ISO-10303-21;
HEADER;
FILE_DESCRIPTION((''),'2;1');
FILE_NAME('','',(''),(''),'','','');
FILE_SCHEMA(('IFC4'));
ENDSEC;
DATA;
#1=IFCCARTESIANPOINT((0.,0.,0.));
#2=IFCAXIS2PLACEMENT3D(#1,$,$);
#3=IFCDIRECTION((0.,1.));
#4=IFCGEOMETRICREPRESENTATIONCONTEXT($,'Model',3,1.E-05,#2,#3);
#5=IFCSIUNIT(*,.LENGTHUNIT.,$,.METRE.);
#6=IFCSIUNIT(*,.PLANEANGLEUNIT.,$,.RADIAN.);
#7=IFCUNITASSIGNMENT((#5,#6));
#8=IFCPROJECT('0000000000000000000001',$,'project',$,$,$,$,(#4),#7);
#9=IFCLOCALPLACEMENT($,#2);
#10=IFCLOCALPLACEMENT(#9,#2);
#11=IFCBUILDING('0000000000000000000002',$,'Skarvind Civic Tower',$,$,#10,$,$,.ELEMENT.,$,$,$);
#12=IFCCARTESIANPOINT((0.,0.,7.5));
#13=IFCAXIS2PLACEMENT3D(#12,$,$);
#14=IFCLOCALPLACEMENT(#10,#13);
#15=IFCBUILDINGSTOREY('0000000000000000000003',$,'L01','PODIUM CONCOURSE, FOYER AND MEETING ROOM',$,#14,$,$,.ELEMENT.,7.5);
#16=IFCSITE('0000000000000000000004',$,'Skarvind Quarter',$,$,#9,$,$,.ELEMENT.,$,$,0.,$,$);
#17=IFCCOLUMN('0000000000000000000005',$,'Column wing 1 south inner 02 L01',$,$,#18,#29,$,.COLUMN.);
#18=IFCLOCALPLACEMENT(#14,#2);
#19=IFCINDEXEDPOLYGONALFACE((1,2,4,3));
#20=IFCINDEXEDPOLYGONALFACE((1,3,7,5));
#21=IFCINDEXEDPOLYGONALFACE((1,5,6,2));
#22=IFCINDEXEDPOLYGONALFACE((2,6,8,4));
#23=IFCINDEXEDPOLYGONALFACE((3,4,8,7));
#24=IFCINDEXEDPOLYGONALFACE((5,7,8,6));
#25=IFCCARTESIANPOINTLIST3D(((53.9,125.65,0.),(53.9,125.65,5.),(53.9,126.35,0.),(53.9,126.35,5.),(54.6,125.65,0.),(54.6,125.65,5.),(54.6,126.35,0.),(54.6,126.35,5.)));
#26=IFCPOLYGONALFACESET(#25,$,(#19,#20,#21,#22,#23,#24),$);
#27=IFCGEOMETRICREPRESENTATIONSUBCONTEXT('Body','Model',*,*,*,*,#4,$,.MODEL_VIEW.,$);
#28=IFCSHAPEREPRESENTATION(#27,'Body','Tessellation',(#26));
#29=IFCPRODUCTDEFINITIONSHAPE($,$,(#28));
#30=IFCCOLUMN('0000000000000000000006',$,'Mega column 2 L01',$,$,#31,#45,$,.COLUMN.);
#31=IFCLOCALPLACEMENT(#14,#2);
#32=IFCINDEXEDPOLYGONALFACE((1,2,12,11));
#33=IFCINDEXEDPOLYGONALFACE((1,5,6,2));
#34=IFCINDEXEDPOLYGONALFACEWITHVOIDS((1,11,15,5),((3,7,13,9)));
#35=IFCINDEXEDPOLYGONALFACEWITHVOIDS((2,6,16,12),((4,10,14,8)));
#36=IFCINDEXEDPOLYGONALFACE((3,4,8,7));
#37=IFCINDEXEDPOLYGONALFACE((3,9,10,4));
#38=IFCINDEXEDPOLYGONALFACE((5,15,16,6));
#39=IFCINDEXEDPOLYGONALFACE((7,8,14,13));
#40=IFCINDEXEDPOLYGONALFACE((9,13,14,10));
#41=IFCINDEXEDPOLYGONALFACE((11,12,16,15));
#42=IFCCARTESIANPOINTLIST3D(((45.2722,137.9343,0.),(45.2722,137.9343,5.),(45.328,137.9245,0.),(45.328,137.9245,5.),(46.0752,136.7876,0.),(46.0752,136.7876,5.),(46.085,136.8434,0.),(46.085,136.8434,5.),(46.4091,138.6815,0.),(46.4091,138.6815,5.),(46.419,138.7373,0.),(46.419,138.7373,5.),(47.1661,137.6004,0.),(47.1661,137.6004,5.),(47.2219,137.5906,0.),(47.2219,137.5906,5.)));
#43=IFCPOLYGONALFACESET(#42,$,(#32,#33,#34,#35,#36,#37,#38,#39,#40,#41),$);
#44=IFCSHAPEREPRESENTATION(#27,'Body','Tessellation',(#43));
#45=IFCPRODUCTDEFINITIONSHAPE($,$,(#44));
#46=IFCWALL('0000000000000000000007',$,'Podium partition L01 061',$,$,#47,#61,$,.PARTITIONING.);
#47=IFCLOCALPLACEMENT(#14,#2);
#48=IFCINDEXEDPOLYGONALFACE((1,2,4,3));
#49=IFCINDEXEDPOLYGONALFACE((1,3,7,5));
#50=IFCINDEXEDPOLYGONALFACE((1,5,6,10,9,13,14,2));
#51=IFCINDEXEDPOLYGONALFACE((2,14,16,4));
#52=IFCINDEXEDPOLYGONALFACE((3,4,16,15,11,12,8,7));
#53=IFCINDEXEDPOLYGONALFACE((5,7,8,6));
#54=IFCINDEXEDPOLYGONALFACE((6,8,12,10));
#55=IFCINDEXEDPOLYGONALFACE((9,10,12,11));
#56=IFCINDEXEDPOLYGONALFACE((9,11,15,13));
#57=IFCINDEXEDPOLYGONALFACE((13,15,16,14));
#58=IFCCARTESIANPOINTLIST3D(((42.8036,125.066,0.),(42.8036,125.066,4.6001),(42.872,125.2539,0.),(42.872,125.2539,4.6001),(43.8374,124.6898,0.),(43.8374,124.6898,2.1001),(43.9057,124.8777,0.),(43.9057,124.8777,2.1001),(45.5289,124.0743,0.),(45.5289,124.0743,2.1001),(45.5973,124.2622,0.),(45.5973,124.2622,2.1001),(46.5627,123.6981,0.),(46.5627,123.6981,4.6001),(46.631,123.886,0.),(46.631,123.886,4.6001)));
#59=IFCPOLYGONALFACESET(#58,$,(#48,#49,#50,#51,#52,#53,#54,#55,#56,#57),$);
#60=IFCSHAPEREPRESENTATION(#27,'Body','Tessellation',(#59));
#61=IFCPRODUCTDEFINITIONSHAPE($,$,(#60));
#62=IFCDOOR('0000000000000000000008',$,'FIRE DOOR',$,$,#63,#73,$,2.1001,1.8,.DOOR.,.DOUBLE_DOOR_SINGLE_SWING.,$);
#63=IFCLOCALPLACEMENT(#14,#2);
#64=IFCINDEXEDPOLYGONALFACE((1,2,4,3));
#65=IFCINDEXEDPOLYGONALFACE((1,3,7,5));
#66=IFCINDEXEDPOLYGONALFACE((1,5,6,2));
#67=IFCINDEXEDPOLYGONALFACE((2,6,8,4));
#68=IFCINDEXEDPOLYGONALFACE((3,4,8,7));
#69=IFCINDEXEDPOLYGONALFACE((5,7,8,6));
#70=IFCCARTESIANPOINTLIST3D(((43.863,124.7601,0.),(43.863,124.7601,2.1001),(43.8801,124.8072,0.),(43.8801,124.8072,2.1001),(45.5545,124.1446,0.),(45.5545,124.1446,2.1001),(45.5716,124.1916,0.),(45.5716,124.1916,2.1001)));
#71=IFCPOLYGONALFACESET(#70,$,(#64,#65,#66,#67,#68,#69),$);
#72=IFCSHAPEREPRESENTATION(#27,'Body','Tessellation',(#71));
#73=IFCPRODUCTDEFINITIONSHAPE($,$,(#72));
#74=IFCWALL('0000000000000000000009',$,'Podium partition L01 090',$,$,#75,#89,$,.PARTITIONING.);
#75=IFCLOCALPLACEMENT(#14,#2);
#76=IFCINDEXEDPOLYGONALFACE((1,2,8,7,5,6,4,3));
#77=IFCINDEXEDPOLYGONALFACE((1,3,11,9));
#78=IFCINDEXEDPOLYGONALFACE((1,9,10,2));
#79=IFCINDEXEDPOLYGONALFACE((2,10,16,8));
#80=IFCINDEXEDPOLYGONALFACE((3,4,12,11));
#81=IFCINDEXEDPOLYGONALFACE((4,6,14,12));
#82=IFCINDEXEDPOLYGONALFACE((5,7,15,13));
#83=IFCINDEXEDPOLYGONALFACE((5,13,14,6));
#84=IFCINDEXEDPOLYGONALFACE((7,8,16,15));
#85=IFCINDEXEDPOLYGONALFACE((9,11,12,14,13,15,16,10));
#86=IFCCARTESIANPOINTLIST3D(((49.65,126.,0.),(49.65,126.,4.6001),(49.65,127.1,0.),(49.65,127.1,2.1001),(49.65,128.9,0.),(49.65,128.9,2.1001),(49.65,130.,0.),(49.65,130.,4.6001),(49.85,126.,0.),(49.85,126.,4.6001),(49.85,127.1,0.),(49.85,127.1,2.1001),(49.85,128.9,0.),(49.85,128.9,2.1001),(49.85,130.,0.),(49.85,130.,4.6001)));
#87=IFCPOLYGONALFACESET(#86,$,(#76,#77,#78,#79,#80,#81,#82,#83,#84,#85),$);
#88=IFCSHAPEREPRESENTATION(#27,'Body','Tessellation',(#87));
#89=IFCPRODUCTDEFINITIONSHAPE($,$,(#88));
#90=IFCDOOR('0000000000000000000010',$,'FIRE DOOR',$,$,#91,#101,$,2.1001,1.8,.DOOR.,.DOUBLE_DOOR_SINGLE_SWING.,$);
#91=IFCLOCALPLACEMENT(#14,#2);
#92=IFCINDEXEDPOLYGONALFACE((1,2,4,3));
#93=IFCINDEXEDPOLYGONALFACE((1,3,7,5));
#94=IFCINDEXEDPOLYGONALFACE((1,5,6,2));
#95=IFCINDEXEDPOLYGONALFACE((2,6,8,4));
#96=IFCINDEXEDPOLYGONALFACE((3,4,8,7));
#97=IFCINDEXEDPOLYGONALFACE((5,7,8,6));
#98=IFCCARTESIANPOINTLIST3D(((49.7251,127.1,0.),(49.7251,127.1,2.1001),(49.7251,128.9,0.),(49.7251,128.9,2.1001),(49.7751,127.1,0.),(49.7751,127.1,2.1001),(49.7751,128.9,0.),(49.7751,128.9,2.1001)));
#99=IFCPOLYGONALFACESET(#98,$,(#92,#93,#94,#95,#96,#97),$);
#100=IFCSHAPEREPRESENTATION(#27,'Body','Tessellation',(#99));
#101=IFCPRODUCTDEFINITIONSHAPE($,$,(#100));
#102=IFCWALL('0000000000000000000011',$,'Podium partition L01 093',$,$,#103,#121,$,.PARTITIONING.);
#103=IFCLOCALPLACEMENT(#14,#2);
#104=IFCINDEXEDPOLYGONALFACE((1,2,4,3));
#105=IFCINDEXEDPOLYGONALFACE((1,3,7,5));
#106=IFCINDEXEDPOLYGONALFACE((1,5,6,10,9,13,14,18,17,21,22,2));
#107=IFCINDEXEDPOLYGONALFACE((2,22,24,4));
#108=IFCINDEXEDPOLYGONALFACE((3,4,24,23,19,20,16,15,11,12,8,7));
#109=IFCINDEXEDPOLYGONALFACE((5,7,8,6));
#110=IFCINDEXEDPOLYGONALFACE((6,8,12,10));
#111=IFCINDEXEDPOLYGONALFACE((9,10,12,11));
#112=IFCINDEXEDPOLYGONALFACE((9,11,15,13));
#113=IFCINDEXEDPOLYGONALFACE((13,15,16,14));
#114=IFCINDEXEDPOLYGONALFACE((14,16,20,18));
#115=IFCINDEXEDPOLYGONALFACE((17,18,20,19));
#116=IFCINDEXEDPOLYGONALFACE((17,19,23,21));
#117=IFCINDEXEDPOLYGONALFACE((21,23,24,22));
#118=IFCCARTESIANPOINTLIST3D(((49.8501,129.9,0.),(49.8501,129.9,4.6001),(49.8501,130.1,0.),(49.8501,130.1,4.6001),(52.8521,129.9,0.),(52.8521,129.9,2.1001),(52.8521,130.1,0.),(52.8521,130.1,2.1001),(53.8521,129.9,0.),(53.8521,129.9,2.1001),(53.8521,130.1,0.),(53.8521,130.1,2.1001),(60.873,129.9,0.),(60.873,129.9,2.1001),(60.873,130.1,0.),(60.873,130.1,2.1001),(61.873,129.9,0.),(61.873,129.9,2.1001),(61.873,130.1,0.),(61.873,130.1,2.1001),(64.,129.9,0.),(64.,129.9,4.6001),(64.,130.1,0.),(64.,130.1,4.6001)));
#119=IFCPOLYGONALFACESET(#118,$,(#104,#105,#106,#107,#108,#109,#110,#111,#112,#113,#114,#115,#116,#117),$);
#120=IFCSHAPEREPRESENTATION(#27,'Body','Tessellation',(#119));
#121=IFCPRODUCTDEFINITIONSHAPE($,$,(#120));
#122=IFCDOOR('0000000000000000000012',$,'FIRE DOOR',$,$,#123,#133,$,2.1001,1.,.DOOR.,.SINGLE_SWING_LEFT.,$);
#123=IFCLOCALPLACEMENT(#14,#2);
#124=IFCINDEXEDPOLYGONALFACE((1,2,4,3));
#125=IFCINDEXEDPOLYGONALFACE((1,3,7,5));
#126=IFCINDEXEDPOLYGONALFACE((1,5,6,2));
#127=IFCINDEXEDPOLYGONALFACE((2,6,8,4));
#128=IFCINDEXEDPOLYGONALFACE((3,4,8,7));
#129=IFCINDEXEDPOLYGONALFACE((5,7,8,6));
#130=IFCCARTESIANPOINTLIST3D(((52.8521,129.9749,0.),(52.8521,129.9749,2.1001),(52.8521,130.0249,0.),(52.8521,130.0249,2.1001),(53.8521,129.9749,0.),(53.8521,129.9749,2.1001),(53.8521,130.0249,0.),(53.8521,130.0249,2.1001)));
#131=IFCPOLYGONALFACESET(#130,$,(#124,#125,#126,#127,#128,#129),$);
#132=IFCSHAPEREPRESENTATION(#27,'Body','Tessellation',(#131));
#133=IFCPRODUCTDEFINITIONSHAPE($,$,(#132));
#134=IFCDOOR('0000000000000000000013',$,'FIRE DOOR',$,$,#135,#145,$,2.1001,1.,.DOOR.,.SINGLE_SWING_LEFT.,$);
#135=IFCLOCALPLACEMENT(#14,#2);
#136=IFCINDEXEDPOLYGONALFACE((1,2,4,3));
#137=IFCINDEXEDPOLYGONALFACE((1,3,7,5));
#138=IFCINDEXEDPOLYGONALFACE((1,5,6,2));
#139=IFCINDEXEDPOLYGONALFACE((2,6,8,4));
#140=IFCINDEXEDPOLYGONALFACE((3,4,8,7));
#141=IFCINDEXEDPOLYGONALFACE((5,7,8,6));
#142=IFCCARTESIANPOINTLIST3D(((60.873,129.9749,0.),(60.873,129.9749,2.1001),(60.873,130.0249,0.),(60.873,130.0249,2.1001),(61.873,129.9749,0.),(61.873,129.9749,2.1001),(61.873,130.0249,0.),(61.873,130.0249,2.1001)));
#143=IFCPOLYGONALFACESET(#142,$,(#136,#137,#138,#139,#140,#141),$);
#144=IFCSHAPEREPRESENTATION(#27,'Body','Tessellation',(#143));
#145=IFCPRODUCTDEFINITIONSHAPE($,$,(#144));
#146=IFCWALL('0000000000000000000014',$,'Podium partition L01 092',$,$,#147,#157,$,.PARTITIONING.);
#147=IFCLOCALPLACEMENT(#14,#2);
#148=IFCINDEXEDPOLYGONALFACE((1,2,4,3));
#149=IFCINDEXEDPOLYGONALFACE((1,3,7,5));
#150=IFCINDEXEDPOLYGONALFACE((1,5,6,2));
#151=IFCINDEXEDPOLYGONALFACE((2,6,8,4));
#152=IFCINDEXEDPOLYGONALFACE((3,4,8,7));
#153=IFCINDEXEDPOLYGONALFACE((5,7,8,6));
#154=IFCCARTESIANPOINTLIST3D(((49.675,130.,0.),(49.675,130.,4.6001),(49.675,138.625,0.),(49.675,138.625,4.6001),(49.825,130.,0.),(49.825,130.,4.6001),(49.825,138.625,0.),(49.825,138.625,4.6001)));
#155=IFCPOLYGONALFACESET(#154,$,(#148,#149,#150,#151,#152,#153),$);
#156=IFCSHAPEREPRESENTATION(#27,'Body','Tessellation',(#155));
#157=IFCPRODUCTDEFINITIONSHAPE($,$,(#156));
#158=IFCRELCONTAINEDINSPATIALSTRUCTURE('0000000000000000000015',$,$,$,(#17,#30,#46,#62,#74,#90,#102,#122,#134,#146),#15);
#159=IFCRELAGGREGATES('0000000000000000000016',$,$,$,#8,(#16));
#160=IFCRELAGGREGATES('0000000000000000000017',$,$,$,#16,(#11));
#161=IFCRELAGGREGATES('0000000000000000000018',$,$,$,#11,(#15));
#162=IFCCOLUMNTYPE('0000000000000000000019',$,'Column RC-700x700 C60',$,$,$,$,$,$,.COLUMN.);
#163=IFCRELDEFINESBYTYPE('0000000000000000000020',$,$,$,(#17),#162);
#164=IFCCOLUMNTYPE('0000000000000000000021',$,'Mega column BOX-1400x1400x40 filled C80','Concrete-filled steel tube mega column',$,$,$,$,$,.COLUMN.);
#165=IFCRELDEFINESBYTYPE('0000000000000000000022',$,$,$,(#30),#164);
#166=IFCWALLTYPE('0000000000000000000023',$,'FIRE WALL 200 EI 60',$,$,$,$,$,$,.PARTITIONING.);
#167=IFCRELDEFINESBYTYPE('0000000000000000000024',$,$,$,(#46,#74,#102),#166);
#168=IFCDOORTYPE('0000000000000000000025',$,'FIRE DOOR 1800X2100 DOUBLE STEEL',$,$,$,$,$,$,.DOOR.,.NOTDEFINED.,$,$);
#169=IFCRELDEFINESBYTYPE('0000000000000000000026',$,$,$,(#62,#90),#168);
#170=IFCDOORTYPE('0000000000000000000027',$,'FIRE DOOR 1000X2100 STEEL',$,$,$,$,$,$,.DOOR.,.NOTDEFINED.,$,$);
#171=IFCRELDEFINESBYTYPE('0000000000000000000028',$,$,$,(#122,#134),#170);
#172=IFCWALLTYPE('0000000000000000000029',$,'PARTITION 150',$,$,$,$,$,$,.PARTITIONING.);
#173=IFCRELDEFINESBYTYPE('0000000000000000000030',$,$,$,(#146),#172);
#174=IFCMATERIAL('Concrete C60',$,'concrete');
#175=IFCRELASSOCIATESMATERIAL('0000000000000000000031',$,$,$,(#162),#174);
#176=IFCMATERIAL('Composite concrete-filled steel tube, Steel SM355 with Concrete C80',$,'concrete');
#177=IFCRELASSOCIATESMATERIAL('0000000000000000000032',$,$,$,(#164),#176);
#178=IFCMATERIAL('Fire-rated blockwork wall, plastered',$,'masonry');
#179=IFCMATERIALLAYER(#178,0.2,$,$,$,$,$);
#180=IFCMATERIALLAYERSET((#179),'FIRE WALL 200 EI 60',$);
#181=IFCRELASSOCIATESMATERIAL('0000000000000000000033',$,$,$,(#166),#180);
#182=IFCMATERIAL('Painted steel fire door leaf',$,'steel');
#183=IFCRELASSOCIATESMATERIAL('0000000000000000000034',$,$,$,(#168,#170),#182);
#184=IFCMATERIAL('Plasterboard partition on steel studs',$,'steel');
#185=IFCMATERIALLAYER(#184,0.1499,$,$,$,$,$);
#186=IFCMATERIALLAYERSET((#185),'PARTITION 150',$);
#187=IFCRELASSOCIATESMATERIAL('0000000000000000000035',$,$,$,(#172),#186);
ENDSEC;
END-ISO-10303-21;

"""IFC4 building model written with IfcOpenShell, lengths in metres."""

from ifc_helpers import new_model, si_unit, direction, frame, frame_2d, origin, origin_2d, place, context, subcontext, project, spatial, rectangle, hollow_rectangle, extrude, material, layer, layer_set, material_profile, profile_set, type_object, element, fill, save


model = new_model("IFC4")

# Units and contexts
model_context = context("Model", 3, precision=1e-05, world=origin(), true_north=direction((0.0, 1.0)))
body_context = subcontext(model_context, "Body", "Model", "MODEL_VIEW")
ifc_project = project(units=[si_unit("LENGTHUNIT", "METRE"), si_unit("PLANEANGLEUNIT", "RADIAN")], contexts=[model_context])

# Site, building, storey
site_placement = place(None, origin())
site = spatial("IfcSite", under=ifc_project, at=site_placement, Name="Skarvind Quarter", CompositionType="ELEMENT", RefElevation=0.0)
building_placement = place(site_placement, origin())
building = spatial("IfcBuilding", under=site, at=building_placement, Name="Skarvind Civic Tower", CompositionType="ELEMENT")
storey_placement = place(building_placement, frame((0.0, 0.0, 7.5)))
storey = spatial("IfcBuildingStorey", under=building, at=storey_placement, Name="L01", Description="PODIUM CONCOURSE, FOYER AND MEETING ROOM", CompositionType="ELEMENT", Elevation=7.5)

# Columns
ifc_material_1 = material(Name="Concrete C60", Category="concrete")
ifc_material_profile_1 = material_profile(ifc_material_1, rectangle(XDim=0.7, YDim=0.7, at=origin_2d()), Name="RC-700x700")
ifc_profile_set_1 = profile_set([ifc_material_profile_1], Name="Concrete C60")
column_type_1 = type_object("IfcColumnType", Name="Column RC-700x700 C60", PredefinedType="COLUMN", material=ifc_profile_set_1)
column_1_placement = place(storey_placement, frame((54.25, 126.0, 0.0), z_axis=(0.0, 0.0, 1.0), x_axis=(1.0, 0.0, 0.0)))
element("IfcColumn", 1, at=column_1_placement, inside=storey, type_object=column_type_1, Name="Column wing 1 south inner 02 L01", PredefinedType="COLUMN", context=body_context, shape_type="SweptSolid", body=[
    extrude(rectangle(XDim=0.7, YDim=0.7, at=origin_2d()), origin(), (0.0, 0.0, 1.0), 5.0),
])
ifc_material_2 = material(Name="Composite concrete-filled steel tube, Steel SM355 with Concrete C80", Category="concrete")
ifc_material_profile_2 = material_profile(ifc_material_2, hollow_rectangle(XDim=1.3999, YDim=1.3999, WallThickness=0.04, at=origin_2d()), Name="BOX-1400x1400x40")
ifc_profile_set_2 = profile_set([ifc_material_profile_2], Name="Composite concrete-filled steel tube, Steel SM355 with Concrete C80")
column_type_2 = type_object("IfcColumnType", Name="Mega column BOX-1400x1400x40 filled C80", Description="Concrete-filled steel tube mega column", PredefinedType="COLUMN", material=ifc_profile_set_2)
column_2_placement = place(storey_placement, frame((46.2471, 137.7625, 0.0), z_axis=(0.0, 0.0, 1.0), x_axis=(0.573576, -0.819152, 0.0)))
element("IfcColumn", 2, at=column_2_placement, inside=storey, type_object=column_type_2, Name="Mega column 2 L01", PredefinedType="COLUMN", context=body_context, shape_type="SweptSolid", body=[
    extrude(hollow_rectangle(XDim=1.3999, YDim=1.3999, WallThickness=0.04, at=origin_2d()), origin(), (0.0, 0.0, 1.0), 5.0),
])

# Walls, openings, doors
ifc_material_3 = material(Name="Fire-rated blockwork wall, plastered", Category="masonry")
ifc_layer_1 = layer(ifc_material_3, 0.2)
ifc_layer_set_1 = layer_set([ifc_layer_1], Name="FIRE WALL 200 EI 60")
wall_type_1 = type_object("IfcWallType", Name="FIRE WALL 200 EI 60", PredefinedType="PARTITIONING", material=ifc_layer_set_1)
wall_1_placement = place(storey_placement, frame((42.8379, 125.1599, 0.0), z_axis=(0.0, 0.0, 1.0), x_axis=(0.939713, -0.341964, 0.0)))
wall_1 = element("IfcWall", 3, at=wall_1_placement, inside=storey, type_object=wall_type_1, Name="Podium partition L01 061", PredefinedType="PARTITIONING", context=body_context, shape_type="SweptSolid", body=[
    extrude(rectangle(XDim=4.0002, YDim=0.2, at=frame_2d((2.0, 0.0))), origin(), (0.0, 0.0, 1.0), 4.6001),
])
opening_1_placement = place(wall_1_placement, frame((1.1001, 0.0, 0.0)))
opening_1 = element("IfcOpeningElement", 4, at=opening_1_placement, cuts=wall_1, PredefinedType="OPENING", context=body_context, shape_type="SweptSolid", body=[
    extrude(rectangle(XDim=1.8, YDim=2.1001, at=frame_2d((0.8999, 1.05))), frame((0.0, 0.1099, 0.0), z_axis=(0.0, -1.0, 0.0), x_axis=(1.0, 0.0, 0.0)), (0.0, 0.0, 1.0), 0.22),
])
ifc_material_4 = material(Name="Painted steel fire door leaf", Category="steel")
door_type_1 = type_object("IfcDoorType", Name="FIRE DOOR 1800X2100 DOUBLE STEEL", OperationType="NOTDEFINED", PredefinedType="DOOR", material=ifc_material_4)
door_1_placement = place(opening_1_placement, origin())
door_1 = element("IfcDoor", 5, at=door_1_placement, inside=storey, type_object=door_type_1, Name="FIRE DOOR", OperationType="DOUBLE_DOOR_SINGLE_SWING", OverallHeight=2.1001, OverallWidth=1.8, PredefinedType="DOOR", context=body_context, shape_type="SweptSolid", body=[
    extrude(rectangle(XDim=1.8, YDim=2.1001, at=frame_2d((0.8999, 1.05))), frame((0.0, 0.0249, 0.0), z_axis=(0.0, -1.0, 0.0), x_axis=(1.0, 0.0, 0.0)), (0.0, 0.0, 1.0), 0.05),
])
fill(opening_1, door_1)
wall_2_placement = place(storey_placement, frame((49.75, 126.0, 0.0), z_axis=(0.0, 0.0, 1.0), x_axis=(0.0, 1.0, 0.0)))
wall_2 = element("IfcWall", 6, at=wall_2_placement, inside=storey, type_object=wall_type_1, Name="Podium partition L01 090", PredefinedType="PARTITIONING", context=body_context, shape_type="SweptSolid", body=[
    extrude(rectangle(XDim=4.0, YDim=0.2, at=frame_2d((2.0, 0.0))), origin(), (0.0, 0.0, 1.0), 4.6001),
])
opening_2_placement = place(wall_2_placement, frame((1.1001, 0.0, 0.0)))
opening_2 = element("IfcOpeningElement", 7, at=opening_2_placement, cuts=wall_2, PredefinedType="OPENING", context=body_context, shape_type="SweptSolid", body=[
    extrude(rectangle(XDim=1.8, YDim=2.1001, at=frame_2d((0.8999, 1.05))), frame((0.0, 0.1099, 0.0), z_axis=(0.0, -1.0, 0.0), x_axis=(1.0, 0.0, 0.0)), (0.0, 0.0, 1.0), 0.22),
])
door_2_placement = place(opening_2_placement, origin())
door_2 = element("IfcDoor", 8, at=door_2_placement, inside=storey, type_object=door_type_1, Name="FIRE DOOR", OperationType="DOUBLE_DOOR_SINGLE_SWING", OverallHeight=2.1001, OverallWidth=1.8, PredefinedType="DOOR", context=body_context, shape_type="SweptSolid", body=[
    extrude(rectangle(XDim=1.8, YDim=2.1001, at=frame_2d((0.8999, 1.05))), frame((0.0, 0.0249, 0.0), z_axis=(0.0, -1.0, 0.0), x_axis=(1.0, 0.0, 0.0)), (0.0, 0.0, 1.0), 0.05),
])
fill(opening_2, door_2)

# Wall, openings, doors
wall_3_placement = place(storey_placement, frame((49.8501, 130.0, 0.0), z_axis=(0.0, 0.0, 1.0), x_axis=(1.0, 0.0, 0.0)))
wall_3 = element("IfcWall", 9, at=wall_3_placement, inside=storey, type_object=wall_type_1, Name="Podium partition L01 093", PredefinedType="PARTITIONING", context=body_context, shape_type="SweptSolid", body=[
    extrude(rectangle(XDim=14.1499, YDim=0.2, at=frame_2d((7.075, 0.0))), origin(), (0.0, 0.0, 1.0), 4.6001),
])
opening_3_placement = place(wall_3_placement, frame((3.002, 0.0, 0.0)))
opening_3 = element("IfcOpeningElement", 10, at=opening_3_placement, cuts=wall_3, PredefinedType="OPENING", context=body_context, shape_type="SweptSolid", body=[
    extrude(rectangle(XDim=1.0, YDim=2.1001, at=frame_2d((0.5, 1.05))), frame((0.0, 0.1099, 0.0), z_axis=(0.0, -1.0, 0.0), x_axis=(1.0, 0.0, 0.0)), (0.0, 0.0, 1.0), 0.22),
])
opening_4_placement = place(wall_3_placement, frame((11.0229, 0.0, 0.0)))
opening_4 = element("IfcOpeningElement", 11, at=opening_4_placement, cuts=wall_3, PredefinedType="OPENING", context=body_context, shape_type="SweptSolid", body=[
    extrude(rectangle(XDim=1.0, YDim=2.1001, at=frame_2d((0.5, 1.05))), frame((0.0, 0.1099, 0.0), z_axis=(0.0, -1.0, 0.0), x_axis=(1.0, 0.0, 0.0)), (0.0, 0.0, 1.0), 0.22),
])
door_type_2 = type_object("IfcDoorType", Name="FIRE DOOR 1000X2100 STEEL", OperationType="NOTDEFINED", PredefinedType="DOOR", material=ifc_material_4)
door_3_placement = place(opening_3_placement, origin())
door_3 = element("IfcDoor", 12, at=door_3_placement, inside=storey, type_object=door_type_2, Name="FIRE DOOR", OperationType="SINGLE_SWING_LEFT", OverallHeight=2.1001, OverallWidth=1.0, PredefinedType="DOOR", context=body_context, shape_type="SweptSolid", body=[
    extrude(rectangle(XDim=1.0, YDim=2.1001, at=frame_2d((0.5, 1.05))), frame((0.0, 0.0249, 0.0), z_axis=(0.0, -1.0, 0.0), x_axis=(1.0, 0.0, 0.0)), (0.0, 0.0, 1.0), 0.05),
])
fill(opening_3, door_3)
door_4_placement = place(opening_4_placement, origin())
door_4 = element("IfcDoor", 13, at=door_4_placement, inside=storey, type_object=door_type_2, Name="FIRE DOOR", OperationType="SINGLE_SWING_LEFT", OverallHeight=2.1001, OverallWidth=1.0, PredefinedType="DOOR", context=body_context, shape_type="SweptSolid", body=[
    extrude(rectangle(XDim=1.0, YDim=2.1001, at=frame_2d((0.5, 1.05))), frame((0.0, 0.0249, 0.0), z_axis=(0.0, -1.0, 0.0), x_axis=(1.0, 0.0, 0.0)), (0.0, 0.0, 1.0), 0.05),
])
fill(opening_4, door_4)

# Wall
ifc_material_5 = material(Name="Plasterboard partition on steel studs", Category="steel")
ifc_layer_2 = layer(ifc_material_5, 0.1499)
ifc_layer_set_2 = layer_set([ifc_layer_2], Name="PARTITION 150")
wall_type_2 = type_object("IfcWallType", Name="PARTITION 150", PredefinedType="PARTITIONING", material=ifc_layer_set_2)
wall_4_placement = place(storey_placement, frame((49.75, 130.0, 0.0), z_axis=(0.0, 0.0, 1.0), x_axis=(0.0, 1.0, 0.0)))
element("IfcWall", 14, at=wall_4_placement, inside=storey, type_object=wall_type_2, Name="Podium partition L01 092", PredefinedType="PARTITIONING", context=body_context, shape_type="SweptSolid", body=[
    extrude(rectangle(XDim=8.625, YDim=0.1499, at=frame_2d((4.3125, 0.0))), origin(), (0.0, 0.0, 1.0), 4.6001),
])

save(model, "model.ifc")
